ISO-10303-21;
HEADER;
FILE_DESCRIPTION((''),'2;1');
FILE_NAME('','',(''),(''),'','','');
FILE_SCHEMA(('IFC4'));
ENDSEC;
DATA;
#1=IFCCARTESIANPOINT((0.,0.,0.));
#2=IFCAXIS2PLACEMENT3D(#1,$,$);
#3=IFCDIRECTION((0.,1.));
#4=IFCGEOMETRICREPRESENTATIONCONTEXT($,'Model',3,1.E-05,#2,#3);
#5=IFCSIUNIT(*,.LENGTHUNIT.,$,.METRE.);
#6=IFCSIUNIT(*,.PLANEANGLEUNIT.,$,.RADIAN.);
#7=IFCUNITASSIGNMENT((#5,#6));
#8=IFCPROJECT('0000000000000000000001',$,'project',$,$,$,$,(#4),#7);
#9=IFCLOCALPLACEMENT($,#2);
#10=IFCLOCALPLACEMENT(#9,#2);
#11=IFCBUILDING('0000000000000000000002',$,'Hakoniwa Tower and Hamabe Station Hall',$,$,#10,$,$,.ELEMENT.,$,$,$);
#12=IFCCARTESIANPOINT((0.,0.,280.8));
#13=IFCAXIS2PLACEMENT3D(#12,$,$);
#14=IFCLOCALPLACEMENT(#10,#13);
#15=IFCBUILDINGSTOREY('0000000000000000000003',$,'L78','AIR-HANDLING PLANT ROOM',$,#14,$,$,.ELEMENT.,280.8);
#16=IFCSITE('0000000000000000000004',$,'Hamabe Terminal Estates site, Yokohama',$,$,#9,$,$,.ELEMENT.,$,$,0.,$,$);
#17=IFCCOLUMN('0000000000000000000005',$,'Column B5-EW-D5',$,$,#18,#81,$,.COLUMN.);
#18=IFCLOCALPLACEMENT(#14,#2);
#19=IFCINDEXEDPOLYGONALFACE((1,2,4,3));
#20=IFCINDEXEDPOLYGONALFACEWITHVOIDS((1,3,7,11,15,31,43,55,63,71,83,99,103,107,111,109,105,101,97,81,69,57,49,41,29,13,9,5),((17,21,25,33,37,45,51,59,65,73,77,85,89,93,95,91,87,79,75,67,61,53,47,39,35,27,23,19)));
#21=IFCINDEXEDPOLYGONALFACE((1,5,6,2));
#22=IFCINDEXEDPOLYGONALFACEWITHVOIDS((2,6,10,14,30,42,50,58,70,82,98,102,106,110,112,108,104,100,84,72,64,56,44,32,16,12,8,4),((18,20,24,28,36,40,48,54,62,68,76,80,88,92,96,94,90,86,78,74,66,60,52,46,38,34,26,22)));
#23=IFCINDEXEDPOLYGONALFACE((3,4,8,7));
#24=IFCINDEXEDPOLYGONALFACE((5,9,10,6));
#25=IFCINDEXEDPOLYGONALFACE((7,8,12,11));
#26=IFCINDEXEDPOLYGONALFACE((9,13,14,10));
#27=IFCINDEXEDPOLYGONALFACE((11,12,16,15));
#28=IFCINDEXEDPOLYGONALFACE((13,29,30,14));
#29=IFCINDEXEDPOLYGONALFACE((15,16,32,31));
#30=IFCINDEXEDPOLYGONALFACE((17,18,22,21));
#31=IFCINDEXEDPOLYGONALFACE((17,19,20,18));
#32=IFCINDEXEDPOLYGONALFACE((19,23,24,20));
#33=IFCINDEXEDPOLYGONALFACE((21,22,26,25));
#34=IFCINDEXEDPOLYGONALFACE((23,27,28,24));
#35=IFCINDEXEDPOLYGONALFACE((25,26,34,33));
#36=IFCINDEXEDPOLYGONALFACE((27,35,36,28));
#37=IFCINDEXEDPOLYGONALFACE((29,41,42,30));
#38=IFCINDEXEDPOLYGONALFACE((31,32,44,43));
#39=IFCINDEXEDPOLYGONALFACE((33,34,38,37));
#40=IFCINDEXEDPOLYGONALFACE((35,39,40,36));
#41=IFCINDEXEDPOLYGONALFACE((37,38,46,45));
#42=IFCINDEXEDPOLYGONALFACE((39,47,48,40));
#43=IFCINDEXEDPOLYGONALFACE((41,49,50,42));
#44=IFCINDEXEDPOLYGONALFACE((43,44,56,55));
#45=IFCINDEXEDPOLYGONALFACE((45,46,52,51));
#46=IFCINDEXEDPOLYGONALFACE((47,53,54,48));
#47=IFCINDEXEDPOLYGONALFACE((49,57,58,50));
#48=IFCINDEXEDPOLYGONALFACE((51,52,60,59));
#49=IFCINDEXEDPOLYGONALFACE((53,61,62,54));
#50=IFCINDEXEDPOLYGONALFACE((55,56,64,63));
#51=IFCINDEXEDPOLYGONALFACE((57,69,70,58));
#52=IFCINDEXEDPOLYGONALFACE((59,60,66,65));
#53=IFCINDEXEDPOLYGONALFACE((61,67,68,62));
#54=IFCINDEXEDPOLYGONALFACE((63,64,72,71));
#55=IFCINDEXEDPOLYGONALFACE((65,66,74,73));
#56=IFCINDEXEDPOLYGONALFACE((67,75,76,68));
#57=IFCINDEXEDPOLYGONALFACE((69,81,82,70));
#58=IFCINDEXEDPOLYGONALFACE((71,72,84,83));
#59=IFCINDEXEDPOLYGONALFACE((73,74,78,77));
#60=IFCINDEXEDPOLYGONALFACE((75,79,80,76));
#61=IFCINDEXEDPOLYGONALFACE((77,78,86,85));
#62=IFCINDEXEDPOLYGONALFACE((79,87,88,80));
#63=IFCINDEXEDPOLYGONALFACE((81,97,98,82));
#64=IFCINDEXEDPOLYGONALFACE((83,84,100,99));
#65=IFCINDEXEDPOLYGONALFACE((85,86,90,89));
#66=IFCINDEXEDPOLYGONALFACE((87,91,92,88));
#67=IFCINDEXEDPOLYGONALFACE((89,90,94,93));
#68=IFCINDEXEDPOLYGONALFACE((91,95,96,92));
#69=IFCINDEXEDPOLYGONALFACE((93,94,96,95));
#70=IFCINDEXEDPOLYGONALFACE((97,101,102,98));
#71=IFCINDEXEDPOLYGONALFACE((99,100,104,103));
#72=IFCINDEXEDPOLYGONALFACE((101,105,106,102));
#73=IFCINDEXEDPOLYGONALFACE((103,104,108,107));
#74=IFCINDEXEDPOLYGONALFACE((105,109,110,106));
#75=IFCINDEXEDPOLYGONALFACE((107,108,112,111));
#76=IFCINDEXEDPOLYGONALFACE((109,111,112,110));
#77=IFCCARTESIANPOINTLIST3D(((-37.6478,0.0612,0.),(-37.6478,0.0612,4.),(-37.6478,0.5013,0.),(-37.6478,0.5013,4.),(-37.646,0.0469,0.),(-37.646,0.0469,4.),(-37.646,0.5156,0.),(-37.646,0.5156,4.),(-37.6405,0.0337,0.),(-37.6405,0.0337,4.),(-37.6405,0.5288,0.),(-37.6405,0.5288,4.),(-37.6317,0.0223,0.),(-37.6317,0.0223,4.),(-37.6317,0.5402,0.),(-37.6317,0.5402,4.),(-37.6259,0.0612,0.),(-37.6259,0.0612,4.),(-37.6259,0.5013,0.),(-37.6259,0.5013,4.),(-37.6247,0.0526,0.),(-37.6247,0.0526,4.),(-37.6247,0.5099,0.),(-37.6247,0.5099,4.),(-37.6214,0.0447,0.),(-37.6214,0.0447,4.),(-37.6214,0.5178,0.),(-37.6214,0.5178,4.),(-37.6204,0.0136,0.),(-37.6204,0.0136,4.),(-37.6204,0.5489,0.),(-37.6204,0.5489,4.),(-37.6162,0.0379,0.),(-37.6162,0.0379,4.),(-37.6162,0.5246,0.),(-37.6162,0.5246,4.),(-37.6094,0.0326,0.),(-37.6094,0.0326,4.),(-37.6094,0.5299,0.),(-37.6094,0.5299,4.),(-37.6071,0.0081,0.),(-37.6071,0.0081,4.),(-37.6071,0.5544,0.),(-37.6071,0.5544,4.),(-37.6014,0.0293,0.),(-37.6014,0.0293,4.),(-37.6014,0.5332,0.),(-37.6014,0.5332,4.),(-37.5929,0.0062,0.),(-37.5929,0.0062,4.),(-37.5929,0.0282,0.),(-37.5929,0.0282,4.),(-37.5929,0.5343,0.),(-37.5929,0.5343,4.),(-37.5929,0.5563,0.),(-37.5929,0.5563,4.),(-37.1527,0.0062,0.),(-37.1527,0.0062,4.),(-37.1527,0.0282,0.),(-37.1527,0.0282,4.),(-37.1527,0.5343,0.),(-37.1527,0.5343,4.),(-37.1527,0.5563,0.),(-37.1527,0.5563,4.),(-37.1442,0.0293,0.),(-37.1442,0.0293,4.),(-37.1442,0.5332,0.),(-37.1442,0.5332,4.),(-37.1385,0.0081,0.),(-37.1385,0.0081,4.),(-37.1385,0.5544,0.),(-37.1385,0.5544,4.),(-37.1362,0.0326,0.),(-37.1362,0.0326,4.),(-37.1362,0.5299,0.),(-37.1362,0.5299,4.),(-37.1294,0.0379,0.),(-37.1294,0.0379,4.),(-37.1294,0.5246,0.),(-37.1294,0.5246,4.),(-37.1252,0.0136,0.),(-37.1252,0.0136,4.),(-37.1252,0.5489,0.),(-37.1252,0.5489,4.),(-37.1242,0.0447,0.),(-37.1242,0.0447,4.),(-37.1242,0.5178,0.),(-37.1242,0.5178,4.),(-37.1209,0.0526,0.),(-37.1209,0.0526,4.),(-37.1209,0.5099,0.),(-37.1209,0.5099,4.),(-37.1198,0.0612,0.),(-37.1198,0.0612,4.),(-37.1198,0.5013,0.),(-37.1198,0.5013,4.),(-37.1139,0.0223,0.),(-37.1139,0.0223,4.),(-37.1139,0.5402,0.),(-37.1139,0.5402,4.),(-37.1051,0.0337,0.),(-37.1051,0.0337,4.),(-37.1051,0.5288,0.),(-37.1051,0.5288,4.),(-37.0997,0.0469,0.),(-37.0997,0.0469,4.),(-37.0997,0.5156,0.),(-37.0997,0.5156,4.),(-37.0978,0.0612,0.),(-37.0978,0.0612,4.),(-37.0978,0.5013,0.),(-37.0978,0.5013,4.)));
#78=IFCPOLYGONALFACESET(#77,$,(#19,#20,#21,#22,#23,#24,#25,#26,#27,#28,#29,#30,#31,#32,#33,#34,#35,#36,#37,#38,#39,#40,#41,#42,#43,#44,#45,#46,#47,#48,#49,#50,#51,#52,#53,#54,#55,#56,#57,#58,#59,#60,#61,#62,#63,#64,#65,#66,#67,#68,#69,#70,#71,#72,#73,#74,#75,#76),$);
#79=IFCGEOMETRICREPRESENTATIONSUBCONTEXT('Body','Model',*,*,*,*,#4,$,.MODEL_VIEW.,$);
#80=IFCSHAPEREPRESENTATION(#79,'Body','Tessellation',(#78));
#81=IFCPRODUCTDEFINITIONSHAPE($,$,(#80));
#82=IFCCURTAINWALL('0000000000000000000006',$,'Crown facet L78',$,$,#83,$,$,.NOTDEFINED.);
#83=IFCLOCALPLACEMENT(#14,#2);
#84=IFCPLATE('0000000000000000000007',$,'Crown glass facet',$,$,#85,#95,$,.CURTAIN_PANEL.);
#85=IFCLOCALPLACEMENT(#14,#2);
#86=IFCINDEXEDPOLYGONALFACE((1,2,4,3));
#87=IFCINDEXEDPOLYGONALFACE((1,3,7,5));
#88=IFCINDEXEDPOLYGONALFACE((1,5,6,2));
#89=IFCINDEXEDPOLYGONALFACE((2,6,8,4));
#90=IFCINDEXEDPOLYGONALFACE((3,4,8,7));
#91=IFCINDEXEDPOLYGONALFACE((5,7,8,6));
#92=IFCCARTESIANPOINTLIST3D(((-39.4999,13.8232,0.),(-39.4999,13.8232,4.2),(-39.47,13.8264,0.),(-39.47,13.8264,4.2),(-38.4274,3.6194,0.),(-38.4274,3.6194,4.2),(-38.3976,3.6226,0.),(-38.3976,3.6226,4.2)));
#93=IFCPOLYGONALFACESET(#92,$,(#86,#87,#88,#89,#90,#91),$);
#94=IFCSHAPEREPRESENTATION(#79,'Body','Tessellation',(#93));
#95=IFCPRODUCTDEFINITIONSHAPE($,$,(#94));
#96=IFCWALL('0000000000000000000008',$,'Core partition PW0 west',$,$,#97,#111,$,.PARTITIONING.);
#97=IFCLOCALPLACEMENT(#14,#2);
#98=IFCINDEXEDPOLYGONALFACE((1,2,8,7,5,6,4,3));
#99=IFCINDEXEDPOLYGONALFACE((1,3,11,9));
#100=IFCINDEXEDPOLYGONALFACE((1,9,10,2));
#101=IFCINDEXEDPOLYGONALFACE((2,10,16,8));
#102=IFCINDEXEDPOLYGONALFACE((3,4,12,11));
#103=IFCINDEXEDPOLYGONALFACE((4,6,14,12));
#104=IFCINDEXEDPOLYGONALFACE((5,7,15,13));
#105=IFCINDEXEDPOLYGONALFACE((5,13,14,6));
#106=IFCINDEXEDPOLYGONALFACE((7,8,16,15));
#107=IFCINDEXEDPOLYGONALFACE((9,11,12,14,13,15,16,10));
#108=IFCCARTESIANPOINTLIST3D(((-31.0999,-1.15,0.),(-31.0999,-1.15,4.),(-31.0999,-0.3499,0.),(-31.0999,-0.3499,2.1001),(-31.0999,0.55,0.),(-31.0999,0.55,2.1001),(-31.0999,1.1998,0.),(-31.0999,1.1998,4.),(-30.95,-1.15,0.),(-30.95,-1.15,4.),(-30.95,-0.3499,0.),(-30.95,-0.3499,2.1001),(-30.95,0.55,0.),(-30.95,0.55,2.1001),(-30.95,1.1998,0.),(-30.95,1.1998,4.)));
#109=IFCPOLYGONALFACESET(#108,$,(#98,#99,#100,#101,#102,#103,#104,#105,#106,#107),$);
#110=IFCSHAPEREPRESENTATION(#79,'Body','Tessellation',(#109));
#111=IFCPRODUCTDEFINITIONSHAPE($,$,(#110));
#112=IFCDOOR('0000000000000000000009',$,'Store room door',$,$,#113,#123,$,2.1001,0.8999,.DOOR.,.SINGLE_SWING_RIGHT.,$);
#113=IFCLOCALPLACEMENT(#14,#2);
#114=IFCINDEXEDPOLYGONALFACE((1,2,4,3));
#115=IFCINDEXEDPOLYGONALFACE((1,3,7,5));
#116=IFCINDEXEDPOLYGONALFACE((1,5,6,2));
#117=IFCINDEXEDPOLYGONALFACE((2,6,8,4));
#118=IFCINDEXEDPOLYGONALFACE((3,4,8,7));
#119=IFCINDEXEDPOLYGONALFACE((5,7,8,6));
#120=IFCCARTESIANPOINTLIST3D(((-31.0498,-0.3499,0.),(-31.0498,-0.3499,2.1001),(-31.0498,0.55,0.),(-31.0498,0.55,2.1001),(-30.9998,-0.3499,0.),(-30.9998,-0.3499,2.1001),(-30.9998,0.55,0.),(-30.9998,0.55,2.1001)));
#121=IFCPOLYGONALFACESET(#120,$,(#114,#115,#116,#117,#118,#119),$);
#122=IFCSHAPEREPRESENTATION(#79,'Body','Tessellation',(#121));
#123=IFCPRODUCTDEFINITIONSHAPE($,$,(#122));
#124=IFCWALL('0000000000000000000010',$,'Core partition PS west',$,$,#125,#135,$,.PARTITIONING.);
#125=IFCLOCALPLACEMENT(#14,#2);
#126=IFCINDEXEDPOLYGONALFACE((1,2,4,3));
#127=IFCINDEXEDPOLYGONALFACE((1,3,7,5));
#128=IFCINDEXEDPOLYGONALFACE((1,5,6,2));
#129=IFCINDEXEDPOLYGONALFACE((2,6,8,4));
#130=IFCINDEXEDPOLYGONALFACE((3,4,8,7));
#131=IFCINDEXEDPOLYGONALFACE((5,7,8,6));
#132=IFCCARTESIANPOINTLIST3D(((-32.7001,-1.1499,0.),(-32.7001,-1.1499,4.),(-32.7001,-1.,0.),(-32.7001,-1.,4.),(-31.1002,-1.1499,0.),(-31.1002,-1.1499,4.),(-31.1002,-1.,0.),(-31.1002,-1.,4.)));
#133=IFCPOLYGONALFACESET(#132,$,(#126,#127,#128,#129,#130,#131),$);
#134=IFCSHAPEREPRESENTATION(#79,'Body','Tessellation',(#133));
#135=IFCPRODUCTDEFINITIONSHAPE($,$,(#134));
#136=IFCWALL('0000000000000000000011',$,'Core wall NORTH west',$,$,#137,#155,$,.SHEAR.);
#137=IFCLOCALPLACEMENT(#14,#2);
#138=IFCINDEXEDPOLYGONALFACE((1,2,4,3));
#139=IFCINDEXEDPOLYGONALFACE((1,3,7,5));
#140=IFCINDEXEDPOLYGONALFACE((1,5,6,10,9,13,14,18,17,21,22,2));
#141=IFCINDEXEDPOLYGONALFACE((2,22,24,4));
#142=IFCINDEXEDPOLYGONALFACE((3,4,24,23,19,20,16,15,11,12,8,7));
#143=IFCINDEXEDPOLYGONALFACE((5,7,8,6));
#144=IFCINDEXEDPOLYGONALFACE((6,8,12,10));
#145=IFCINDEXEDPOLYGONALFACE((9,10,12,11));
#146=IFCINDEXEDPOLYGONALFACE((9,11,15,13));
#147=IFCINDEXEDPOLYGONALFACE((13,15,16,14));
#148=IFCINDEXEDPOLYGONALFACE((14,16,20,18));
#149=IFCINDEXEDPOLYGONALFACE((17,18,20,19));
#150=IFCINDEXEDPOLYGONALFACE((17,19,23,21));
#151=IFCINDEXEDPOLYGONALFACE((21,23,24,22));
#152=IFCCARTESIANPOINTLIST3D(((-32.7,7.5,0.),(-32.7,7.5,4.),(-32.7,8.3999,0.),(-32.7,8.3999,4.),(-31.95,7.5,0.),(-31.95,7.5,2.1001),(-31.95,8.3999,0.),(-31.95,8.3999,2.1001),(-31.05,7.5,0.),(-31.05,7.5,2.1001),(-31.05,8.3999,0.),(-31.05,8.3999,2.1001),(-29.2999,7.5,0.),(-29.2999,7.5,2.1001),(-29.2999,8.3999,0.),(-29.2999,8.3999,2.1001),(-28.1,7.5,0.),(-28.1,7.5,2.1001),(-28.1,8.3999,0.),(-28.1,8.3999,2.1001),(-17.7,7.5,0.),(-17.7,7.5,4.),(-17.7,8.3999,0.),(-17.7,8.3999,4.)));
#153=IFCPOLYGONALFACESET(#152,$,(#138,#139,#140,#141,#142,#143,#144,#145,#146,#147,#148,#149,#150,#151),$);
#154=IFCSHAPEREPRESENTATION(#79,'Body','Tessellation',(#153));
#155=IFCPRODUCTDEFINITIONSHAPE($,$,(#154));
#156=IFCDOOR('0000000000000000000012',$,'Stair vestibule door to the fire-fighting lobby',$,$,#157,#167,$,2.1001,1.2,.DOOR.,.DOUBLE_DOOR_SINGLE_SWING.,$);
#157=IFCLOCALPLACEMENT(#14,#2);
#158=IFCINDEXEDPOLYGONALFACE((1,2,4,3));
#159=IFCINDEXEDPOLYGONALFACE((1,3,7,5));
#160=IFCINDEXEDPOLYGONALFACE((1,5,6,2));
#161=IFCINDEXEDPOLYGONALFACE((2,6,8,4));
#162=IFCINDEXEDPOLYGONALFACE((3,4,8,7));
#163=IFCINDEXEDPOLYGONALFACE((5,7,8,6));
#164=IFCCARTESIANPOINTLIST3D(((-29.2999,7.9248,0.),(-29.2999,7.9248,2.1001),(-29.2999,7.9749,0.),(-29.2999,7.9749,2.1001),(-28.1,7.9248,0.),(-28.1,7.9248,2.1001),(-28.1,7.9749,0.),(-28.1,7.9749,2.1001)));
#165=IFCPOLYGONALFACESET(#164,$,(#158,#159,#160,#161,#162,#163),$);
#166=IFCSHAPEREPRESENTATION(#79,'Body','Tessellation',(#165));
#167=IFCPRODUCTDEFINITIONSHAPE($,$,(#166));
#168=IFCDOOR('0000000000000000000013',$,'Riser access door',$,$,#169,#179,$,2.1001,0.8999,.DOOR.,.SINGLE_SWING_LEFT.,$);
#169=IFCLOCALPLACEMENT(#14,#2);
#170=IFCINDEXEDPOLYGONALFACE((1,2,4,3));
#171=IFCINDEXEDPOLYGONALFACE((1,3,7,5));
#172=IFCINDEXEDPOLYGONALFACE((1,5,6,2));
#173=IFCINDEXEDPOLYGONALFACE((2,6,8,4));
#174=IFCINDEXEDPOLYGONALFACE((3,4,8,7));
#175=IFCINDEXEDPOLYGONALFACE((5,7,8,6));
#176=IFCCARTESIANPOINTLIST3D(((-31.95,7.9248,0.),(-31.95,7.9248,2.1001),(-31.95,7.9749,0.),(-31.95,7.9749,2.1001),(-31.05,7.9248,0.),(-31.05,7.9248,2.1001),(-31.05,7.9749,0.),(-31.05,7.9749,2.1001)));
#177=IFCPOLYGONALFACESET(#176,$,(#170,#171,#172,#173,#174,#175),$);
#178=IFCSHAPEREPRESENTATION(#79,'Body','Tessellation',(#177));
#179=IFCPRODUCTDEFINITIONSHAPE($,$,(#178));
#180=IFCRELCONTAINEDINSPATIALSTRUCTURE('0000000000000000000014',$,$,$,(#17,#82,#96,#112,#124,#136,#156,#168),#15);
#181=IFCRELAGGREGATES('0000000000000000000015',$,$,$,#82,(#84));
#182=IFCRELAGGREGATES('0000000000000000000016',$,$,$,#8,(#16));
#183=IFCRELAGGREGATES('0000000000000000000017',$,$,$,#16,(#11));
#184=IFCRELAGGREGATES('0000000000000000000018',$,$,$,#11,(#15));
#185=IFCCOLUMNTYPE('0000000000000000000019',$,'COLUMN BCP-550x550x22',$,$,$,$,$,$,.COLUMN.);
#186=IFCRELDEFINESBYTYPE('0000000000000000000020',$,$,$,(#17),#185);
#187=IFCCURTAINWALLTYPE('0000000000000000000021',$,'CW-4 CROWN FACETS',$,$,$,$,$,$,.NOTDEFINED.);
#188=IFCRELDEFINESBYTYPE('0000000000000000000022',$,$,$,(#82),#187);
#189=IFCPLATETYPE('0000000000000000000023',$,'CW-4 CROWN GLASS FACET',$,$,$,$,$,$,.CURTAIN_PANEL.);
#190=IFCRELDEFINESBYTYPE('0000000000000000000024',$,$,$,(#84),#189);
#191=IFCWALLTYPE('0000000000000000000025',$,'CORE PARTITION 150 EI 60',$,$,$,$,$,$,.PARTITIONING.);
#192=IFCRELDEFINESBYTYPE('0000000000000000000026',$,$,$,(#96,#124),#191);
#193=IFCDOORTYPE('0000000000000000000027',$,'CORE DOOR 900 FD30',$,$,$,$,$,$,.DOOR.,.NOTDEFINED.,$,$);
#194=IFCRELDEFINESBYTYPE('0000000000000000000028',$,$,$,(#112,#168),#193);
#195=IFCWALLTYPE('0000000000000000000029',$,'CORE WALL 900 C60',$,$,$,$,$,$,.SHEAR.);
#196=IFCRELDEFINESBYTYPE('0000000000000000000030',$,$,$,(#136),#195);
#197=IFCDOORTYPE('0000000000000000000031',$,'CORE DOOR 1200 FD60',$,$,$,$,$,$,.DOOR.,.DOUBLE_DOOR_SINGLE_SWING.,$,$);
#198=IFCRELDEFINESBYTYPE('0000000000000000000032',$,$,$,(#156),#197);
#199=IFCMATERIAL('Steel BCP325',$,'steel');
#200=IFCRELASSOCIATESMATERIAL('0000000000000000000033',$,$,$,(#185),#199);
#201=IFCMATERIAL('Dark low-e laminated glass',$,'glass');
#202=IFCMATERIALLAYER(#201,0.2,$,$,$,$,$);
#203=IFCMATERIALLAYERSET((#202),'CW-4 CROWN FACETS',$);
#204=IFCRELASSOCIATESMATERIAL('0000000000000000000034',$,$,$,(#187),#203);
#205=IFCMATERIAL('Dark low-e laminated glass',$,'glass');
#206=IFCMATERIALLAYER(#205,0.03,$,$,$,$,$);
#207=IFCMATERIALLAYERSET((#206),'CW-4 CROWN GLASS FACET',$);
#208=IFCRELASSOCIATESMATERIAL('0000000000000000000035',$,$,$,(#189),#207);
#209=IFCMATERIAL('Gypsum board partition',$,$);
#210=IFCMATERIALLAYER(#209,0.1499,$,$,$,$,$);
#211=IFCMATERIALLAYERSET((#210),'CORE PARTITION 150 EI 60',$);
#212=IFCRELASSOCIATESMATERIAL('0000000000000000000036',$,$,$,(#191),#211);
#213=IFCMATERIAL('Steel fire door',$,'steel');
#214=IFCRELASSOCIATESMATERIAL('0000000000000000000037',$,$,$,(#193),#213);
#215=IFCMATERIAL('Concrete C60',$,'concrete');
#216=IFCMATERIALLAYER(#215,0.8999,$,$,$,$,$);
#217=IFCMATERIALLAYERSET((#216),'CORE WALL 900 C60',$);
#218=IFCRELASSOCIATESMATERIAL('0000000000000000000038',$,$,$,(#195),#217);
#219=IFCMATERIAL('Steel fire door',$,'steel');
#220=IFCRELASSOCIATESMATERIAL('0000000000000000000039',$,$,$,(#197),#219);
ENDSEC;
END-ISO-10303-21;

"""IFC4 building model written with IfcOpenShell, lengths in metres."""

from ifc_helpers import new_model, si_unit, direction, frame, frame_2d, origin, origin_2d, place, context, subcontext, project, spatial, rectangle, hollow_rectangle, extrude, material, layer, layer_set, material_profile, profile_set, type_object, element, fill, aggregate, save


model = new_model("IFC4")

# Units and contexts
model_context = context("Model", 3, precision=1e-05, world=origin(), true_north=direction((0.0, 1.0)))
body_context = subcontext(model_context, "Body", "Model", "MODEL_VIEW")
ifc_project = project(units=[si_unit("LENGTHUNIT", "METRE"), si_unit("PLANEANGLEUNIT", "RADIAN")], contexts=[model_context])

# Site, building, storey
site_placement = place(None, origin())
site = spatial("IfcSite", under=ifc_project, at=site_placement, Name="Hamabe Terminal Estates site, Yokohama", CompositionType="ELEMENT", RefElevation=0.0)
building_placement = place(site_placement, origin())
building = spatial("IfcBuilding", under=site, at=building_placement, Name="Hakoniwa Tower and Hamabe Station Hall", CompositionType="ELEMENT")
storey_placement = place(building_placement, frame((0.0, 0.0, 280.8)))
storey = spatial("IfcBuildingStorey", under=building, at=storey_placement, Name="L78", Description="AIR-HANDLING PLANT ROOM", CompositionType="ELEMENT", Elevation=280.8)

# Column
ifc_material_1 = material(Name="Steel BCP325", Category="steel")
ifc_material_profile_1 = material_profile(ifc_material_1, hollow_rectangle(XDim=0.55, YDim=0.55, WallThickness=0.022, InnerFilletRadius=0.033, OuterFilletRadius=0.0549, at=origin_2d()), Name="BCP-550x550x22")
ifc_profile_set_1 = profile_set([ifc_material_profile_1], Name="Steel BCP325")
column_type = type_object("IfcColumnType", Name="COLUMN BCP-550x550x22", PredefinedType="COLUMN", material=ifc_profile_set_1)
column_placement = place(storey_placement, frame((-37.3728, 0.2812, 0.0), z_axis=(0.0, 0.0, 1.0), x_axis=(1.0, 0.0, 0.0)))
element("IfcColumn", 1, at=column_placement, inside=storey, type_object=column_type, Name="Column B5-EW-D5", PredefinedType="COLUMN", context=body_context, shape_type="SweptSolid", body=[
    extrude(hollow_rectangle(XDim=0.55, YDim=0.55, WallThickness=0.022, InnerFilletRadius=0.033, OuterFilletRadius=0.0549, at=origin_2d()), origin(), (0.0, 0.0, 1.0), 4.0),
])

# Curtain wall, plate
ifc_material_2 = material(Name="Dark low-e laminated glass", Category="glass")
ifc_layer_1 = layer(ifc_material_2, 0.2)
ifc_layer_set_1 = layer_set([ifc_layer_1], Name="CW-4 CROWN FACETS")
curtain_wall_type = type_object("IfcCurtainWallType", Name="CW-4 CROWN FACETS", PredefinedType="NOTDEFINED", material=ifc_layer_set_1)
curtain_wall_placement = place(storey_placement, origin())
curtain_wall = element("IfcCurtainWall", 2, at=curtain_wall_placement, inside=storey, type_object=curtain_wall_type, Name="Crown facet L78", PredefinedType="NOTDEFINED")
ifc_material_3 = material(Name="Dark low-e laminated glass", Category="glass")
ifc_layer_2 = layer(ifc_material_3, 0.03)
ifc_layer_set_2 = layer_set([ifc_layer_2], Name="CW-4 CROWN GLASS FACET")
plate_type = type_object("IfcPlateType", Name="CW-4 CROWN GLASS FACET", PredefinedType="CURTAIN_PANEL", material=ifc_layer_set_2)
plate_placement = place(storey_placement, frame((-38.9487, 8.7229, 0.0), z_axis=(0.0, 0.0, 1.0), x_axis=(0.104528, -0.994522, 0.0)))
plate = element("IfcPlate", 3, at=plate_placement, type_object=plate_type, Name="Crown glass facet", PredefinedType="CURTAIN_PANEL", context=body_context, shape_type="SweptSolid", body=[
    extrude(rectangle(XDim=10.26, YDim=0.03, at=origin_2d()), origin(), (0.0, 0.0, 1.0), 4.2),
])
aggregate(curtain_wall, [plate])

# Wall, opening, door
ifc_material_4 = material(Name="Gypsum board partition")
ifc_layer_3 = layer(ifc_material_4, 0.1499)
ifc_layer_set_3 = layer_set([ifc_layer_3], Name="CORE PARTITION 150 EI 60")
wall_type_1 = type_object("IfcWallType", Name="CORE PARTITION 150 EI 60", PredefinedType="PARTITIONING", material=ifc_layer_set_3)
wall_1_placement = place(storey_placement, frame((-31.0249, -1.1499, 0.0), z_axis=(0.0, 0.0, 1.0), x_axis=(0.0, 1.0, 0.0)))
wall_1 = element("IfcWall", 4, at=wall_1_placement, inside=storey, type_object=wall_type_1, Name="Core partition PW0 west", PredefinedType="PARTITIONING", context=body_context, shape_type="SweptSolid", body=[
    extrude(rectangle(XDim=2.3499, YDim=0.1499, at=frame_2d((1.1748, 0.0))), origin(), (0.0, 0.0, 1.0), 4.0),
])
opening_1_placement = place(wall_1_placement, frame((0.8, 0.0, 0.0)))
opening_1 = element("IfcOpeningElement", 5, at=opening_1_placement, cuts=wall_1, PredefinedType="OPENING", context=body_context, shape_type="SweptSolid", body=[
    extrude(rectangle(XDim=0.8999, YDim=2.1001, at=frame_2d((0.45, 1.05))), frame((0.0, 0.085, 0.0), z_axis=(0.0, -1.0, 0.0), x_axis=(1.0, 0.0, 0.0)), (0.0, 0.0, 1.0), 0.1699),
])
ifc_material_5 = material(Name="Steel fire door", Category="steel")
door_type_1 = type_object("IfcDoorType", Name="CORE DOOR 900 FD30", OperationType="NOTDEFINED", PredefinedType="DOOR", material=ifc_material_5)
door_1_placement = place(opening_1_placement, origin())
door_1 = element("IfcDoor", 6, at=door_1_placement, inside=storey, type_object=door_type_1, Name="Store room door", OperationType="SINGLE_SWING_RIGHT", OverallHeight=2.1001, OverallWidth=0.8999, PredefinedType="DOOR", context=body_context, shape_type="SweptSolid", body=[
    extrude(rectangle(XDim=0.8999, YDim=2.1001, at=frame_2d((0.45, 1.05))), frame((0.0, 0.0249, 0.0), z_axis=(0.0, -1.0, 0.0), x_axis=(1.0, 0.0, 0.0)), (0.0, 0.0, 1.0), 0.05),
])
fill(opening_1, door_1)

# Wall
wall_2_placement = place(storey_placement, frame((-32.7, -1.075, 0.0), z_axis=(0.0, 0.0, 1.0), x_axis=(1.0, 0.0, 0.0)))
element("IfcWall", 7, at=wall_2_placement, inside=storey, type_object=wall_type_1, Name="Core partition PS west", PredefinedType="PARTITIONING", context=body_context, shape_type="SweptSolid", body=[
    extrude(rectangle(XDim=1.5999, YDim=0.1499, at=frame_2d((0.7998, 0.0))), origin(), (0.0, 0.0, 1.0), 4.0),
])

# Wall, openings, doors
ifc_material_6 = material(Name="Concrete C60", Category="concrete")
ifc_layer_4 = layer(ifc_material_6, 0.8999)
ifc_layer_set_4 = layer_set([ifc_layer_4], Name="CORE WALL 900 C60")
wall_type_2 = type_object("IfcWallType", Name="CORE WALL 900 C60", PredefinedType="SHEAR", material=ifc_layer_set_4)
wall_3_placement = place(storey_placement, frame((-32.7, 7.95, 0.0), z_axis=(0.0, 0.0, 1.0), x_axis=(1.0, 0.0, 0.0)))
wall_3 = element("IfcWall", 8, at=wall_3_placement, inside=storey, type_object=wall_type_2, Name="Core wall NORTH west", PredefinedType="SHEAR", context=body_context, shape_type="SweptSolid", body=[
    extrude(rectangle(XDim=15.0, YDim=0.8999, at=frame_2d((7.5, 0.0))), origin(), (0.0, 0.0, 1.0), 4.0),
])
opening_2_placement = place(wall_3_placement, frame((3.3999, 0.0, 0.0)))
opening_2 = element("IfcOpeningElement", 9, at=opening_2_placement, cuts=wall_3, PredefinedType="OPENING", context=body_context, shape_type="SweptSolid", body=[
    extrude(rectangle(XDim=1.2, YDim=2.1001, at=frame_2d((0.6001, 1.05))), frame((0.0, 0.46, 0.0), z_axis=(0.0, -1.0, 0.0), x_axis=(1.0, 0.0, 0.0)), (0.0, 0.0, 1.0), 0.9199),
])
opening_3_placement = place(wall_3_placement, frame((0.75, 0.0, 0.0)))
opening_3 = element("IfcOpeningElement", 10, at=opening_3_placement, cuts=wall_3, PredefinedType="OPENING", context=body_context, shape_type="SweptSolid", body=[
    extrude(rectangle(XDim=0.8999, YDim=2.1001, at=frame_2d((0.45, 1.05))), frame((0.0, 0.46, 0.0), z_axis=(0.0, -1.0, 0.0), x_axis=(1.0, 0.0, 0.0)), (0.0, 0.0, 1.0), 0.9199),
])
ifc_material_7 = material(Name="Steel fire door", Category="steel")
door_type_2 = type_object("IfcDoorType", Name="CORE DOOR 1200 FD60", OperationType="DOUBLE_DOOR_SINGLE_SWING", PredefinedType="DOOR", material=ifc_material_7)
door_2_placement = place(opening_2_placement, origin())
door_2 = element("IfcDoor", 11, at=door_2_placement, inside=storey, type_object=door_type_2, Name="Stair vestibule door to the fire-fighting lobby", OperationType="DOUBLE_DOOR_SINGLE_SWING", OverallHeight=2.1001, OverallWidth=1.2, PredefinedType="DOOR", context=body_context, shape_type="SweptSolid", body=[
    extrude(rectangle(XDim=1.2, YDim=2.1001, at=frame_2d((0.6001, 1.05))), frame((0.0, 0.0249, 0.0), z_axis=(0.0, -1.0, 0.0), x_axis=(1.0, 0.0, 0.0)), (0.0, 0.0, 1.0), 0.05),
])
fill(opening_2, door_2)
door_3_placement = place(opening_3_placement, origin())
door_3 = element("IfcDoor", 12, at=door_3_placement, inside=storey, type_object=door_type_1, Name="Riser access door", OperationType="SINGLE_SWING_LEFT", OverallHeight=2.1001, OverallWidth=0.8999, PredefinedType="DOOR", context=body_context, shape_type="SweptSolid", body=[
    extrude(rectangle(XDim=0.8999, YDim=2.1001, at=frame_2d((0.45, 1.05))), frame((0.0, 0.0249, 0.0), z_axis=(0.0, -1.0, 0.0), x_axis=(1.0, 0.0, 0.0)), (0.0, 0.0, 1.0), 0.05),
])
fill(opening_3, door_3)

save(model, "model.ifc")
